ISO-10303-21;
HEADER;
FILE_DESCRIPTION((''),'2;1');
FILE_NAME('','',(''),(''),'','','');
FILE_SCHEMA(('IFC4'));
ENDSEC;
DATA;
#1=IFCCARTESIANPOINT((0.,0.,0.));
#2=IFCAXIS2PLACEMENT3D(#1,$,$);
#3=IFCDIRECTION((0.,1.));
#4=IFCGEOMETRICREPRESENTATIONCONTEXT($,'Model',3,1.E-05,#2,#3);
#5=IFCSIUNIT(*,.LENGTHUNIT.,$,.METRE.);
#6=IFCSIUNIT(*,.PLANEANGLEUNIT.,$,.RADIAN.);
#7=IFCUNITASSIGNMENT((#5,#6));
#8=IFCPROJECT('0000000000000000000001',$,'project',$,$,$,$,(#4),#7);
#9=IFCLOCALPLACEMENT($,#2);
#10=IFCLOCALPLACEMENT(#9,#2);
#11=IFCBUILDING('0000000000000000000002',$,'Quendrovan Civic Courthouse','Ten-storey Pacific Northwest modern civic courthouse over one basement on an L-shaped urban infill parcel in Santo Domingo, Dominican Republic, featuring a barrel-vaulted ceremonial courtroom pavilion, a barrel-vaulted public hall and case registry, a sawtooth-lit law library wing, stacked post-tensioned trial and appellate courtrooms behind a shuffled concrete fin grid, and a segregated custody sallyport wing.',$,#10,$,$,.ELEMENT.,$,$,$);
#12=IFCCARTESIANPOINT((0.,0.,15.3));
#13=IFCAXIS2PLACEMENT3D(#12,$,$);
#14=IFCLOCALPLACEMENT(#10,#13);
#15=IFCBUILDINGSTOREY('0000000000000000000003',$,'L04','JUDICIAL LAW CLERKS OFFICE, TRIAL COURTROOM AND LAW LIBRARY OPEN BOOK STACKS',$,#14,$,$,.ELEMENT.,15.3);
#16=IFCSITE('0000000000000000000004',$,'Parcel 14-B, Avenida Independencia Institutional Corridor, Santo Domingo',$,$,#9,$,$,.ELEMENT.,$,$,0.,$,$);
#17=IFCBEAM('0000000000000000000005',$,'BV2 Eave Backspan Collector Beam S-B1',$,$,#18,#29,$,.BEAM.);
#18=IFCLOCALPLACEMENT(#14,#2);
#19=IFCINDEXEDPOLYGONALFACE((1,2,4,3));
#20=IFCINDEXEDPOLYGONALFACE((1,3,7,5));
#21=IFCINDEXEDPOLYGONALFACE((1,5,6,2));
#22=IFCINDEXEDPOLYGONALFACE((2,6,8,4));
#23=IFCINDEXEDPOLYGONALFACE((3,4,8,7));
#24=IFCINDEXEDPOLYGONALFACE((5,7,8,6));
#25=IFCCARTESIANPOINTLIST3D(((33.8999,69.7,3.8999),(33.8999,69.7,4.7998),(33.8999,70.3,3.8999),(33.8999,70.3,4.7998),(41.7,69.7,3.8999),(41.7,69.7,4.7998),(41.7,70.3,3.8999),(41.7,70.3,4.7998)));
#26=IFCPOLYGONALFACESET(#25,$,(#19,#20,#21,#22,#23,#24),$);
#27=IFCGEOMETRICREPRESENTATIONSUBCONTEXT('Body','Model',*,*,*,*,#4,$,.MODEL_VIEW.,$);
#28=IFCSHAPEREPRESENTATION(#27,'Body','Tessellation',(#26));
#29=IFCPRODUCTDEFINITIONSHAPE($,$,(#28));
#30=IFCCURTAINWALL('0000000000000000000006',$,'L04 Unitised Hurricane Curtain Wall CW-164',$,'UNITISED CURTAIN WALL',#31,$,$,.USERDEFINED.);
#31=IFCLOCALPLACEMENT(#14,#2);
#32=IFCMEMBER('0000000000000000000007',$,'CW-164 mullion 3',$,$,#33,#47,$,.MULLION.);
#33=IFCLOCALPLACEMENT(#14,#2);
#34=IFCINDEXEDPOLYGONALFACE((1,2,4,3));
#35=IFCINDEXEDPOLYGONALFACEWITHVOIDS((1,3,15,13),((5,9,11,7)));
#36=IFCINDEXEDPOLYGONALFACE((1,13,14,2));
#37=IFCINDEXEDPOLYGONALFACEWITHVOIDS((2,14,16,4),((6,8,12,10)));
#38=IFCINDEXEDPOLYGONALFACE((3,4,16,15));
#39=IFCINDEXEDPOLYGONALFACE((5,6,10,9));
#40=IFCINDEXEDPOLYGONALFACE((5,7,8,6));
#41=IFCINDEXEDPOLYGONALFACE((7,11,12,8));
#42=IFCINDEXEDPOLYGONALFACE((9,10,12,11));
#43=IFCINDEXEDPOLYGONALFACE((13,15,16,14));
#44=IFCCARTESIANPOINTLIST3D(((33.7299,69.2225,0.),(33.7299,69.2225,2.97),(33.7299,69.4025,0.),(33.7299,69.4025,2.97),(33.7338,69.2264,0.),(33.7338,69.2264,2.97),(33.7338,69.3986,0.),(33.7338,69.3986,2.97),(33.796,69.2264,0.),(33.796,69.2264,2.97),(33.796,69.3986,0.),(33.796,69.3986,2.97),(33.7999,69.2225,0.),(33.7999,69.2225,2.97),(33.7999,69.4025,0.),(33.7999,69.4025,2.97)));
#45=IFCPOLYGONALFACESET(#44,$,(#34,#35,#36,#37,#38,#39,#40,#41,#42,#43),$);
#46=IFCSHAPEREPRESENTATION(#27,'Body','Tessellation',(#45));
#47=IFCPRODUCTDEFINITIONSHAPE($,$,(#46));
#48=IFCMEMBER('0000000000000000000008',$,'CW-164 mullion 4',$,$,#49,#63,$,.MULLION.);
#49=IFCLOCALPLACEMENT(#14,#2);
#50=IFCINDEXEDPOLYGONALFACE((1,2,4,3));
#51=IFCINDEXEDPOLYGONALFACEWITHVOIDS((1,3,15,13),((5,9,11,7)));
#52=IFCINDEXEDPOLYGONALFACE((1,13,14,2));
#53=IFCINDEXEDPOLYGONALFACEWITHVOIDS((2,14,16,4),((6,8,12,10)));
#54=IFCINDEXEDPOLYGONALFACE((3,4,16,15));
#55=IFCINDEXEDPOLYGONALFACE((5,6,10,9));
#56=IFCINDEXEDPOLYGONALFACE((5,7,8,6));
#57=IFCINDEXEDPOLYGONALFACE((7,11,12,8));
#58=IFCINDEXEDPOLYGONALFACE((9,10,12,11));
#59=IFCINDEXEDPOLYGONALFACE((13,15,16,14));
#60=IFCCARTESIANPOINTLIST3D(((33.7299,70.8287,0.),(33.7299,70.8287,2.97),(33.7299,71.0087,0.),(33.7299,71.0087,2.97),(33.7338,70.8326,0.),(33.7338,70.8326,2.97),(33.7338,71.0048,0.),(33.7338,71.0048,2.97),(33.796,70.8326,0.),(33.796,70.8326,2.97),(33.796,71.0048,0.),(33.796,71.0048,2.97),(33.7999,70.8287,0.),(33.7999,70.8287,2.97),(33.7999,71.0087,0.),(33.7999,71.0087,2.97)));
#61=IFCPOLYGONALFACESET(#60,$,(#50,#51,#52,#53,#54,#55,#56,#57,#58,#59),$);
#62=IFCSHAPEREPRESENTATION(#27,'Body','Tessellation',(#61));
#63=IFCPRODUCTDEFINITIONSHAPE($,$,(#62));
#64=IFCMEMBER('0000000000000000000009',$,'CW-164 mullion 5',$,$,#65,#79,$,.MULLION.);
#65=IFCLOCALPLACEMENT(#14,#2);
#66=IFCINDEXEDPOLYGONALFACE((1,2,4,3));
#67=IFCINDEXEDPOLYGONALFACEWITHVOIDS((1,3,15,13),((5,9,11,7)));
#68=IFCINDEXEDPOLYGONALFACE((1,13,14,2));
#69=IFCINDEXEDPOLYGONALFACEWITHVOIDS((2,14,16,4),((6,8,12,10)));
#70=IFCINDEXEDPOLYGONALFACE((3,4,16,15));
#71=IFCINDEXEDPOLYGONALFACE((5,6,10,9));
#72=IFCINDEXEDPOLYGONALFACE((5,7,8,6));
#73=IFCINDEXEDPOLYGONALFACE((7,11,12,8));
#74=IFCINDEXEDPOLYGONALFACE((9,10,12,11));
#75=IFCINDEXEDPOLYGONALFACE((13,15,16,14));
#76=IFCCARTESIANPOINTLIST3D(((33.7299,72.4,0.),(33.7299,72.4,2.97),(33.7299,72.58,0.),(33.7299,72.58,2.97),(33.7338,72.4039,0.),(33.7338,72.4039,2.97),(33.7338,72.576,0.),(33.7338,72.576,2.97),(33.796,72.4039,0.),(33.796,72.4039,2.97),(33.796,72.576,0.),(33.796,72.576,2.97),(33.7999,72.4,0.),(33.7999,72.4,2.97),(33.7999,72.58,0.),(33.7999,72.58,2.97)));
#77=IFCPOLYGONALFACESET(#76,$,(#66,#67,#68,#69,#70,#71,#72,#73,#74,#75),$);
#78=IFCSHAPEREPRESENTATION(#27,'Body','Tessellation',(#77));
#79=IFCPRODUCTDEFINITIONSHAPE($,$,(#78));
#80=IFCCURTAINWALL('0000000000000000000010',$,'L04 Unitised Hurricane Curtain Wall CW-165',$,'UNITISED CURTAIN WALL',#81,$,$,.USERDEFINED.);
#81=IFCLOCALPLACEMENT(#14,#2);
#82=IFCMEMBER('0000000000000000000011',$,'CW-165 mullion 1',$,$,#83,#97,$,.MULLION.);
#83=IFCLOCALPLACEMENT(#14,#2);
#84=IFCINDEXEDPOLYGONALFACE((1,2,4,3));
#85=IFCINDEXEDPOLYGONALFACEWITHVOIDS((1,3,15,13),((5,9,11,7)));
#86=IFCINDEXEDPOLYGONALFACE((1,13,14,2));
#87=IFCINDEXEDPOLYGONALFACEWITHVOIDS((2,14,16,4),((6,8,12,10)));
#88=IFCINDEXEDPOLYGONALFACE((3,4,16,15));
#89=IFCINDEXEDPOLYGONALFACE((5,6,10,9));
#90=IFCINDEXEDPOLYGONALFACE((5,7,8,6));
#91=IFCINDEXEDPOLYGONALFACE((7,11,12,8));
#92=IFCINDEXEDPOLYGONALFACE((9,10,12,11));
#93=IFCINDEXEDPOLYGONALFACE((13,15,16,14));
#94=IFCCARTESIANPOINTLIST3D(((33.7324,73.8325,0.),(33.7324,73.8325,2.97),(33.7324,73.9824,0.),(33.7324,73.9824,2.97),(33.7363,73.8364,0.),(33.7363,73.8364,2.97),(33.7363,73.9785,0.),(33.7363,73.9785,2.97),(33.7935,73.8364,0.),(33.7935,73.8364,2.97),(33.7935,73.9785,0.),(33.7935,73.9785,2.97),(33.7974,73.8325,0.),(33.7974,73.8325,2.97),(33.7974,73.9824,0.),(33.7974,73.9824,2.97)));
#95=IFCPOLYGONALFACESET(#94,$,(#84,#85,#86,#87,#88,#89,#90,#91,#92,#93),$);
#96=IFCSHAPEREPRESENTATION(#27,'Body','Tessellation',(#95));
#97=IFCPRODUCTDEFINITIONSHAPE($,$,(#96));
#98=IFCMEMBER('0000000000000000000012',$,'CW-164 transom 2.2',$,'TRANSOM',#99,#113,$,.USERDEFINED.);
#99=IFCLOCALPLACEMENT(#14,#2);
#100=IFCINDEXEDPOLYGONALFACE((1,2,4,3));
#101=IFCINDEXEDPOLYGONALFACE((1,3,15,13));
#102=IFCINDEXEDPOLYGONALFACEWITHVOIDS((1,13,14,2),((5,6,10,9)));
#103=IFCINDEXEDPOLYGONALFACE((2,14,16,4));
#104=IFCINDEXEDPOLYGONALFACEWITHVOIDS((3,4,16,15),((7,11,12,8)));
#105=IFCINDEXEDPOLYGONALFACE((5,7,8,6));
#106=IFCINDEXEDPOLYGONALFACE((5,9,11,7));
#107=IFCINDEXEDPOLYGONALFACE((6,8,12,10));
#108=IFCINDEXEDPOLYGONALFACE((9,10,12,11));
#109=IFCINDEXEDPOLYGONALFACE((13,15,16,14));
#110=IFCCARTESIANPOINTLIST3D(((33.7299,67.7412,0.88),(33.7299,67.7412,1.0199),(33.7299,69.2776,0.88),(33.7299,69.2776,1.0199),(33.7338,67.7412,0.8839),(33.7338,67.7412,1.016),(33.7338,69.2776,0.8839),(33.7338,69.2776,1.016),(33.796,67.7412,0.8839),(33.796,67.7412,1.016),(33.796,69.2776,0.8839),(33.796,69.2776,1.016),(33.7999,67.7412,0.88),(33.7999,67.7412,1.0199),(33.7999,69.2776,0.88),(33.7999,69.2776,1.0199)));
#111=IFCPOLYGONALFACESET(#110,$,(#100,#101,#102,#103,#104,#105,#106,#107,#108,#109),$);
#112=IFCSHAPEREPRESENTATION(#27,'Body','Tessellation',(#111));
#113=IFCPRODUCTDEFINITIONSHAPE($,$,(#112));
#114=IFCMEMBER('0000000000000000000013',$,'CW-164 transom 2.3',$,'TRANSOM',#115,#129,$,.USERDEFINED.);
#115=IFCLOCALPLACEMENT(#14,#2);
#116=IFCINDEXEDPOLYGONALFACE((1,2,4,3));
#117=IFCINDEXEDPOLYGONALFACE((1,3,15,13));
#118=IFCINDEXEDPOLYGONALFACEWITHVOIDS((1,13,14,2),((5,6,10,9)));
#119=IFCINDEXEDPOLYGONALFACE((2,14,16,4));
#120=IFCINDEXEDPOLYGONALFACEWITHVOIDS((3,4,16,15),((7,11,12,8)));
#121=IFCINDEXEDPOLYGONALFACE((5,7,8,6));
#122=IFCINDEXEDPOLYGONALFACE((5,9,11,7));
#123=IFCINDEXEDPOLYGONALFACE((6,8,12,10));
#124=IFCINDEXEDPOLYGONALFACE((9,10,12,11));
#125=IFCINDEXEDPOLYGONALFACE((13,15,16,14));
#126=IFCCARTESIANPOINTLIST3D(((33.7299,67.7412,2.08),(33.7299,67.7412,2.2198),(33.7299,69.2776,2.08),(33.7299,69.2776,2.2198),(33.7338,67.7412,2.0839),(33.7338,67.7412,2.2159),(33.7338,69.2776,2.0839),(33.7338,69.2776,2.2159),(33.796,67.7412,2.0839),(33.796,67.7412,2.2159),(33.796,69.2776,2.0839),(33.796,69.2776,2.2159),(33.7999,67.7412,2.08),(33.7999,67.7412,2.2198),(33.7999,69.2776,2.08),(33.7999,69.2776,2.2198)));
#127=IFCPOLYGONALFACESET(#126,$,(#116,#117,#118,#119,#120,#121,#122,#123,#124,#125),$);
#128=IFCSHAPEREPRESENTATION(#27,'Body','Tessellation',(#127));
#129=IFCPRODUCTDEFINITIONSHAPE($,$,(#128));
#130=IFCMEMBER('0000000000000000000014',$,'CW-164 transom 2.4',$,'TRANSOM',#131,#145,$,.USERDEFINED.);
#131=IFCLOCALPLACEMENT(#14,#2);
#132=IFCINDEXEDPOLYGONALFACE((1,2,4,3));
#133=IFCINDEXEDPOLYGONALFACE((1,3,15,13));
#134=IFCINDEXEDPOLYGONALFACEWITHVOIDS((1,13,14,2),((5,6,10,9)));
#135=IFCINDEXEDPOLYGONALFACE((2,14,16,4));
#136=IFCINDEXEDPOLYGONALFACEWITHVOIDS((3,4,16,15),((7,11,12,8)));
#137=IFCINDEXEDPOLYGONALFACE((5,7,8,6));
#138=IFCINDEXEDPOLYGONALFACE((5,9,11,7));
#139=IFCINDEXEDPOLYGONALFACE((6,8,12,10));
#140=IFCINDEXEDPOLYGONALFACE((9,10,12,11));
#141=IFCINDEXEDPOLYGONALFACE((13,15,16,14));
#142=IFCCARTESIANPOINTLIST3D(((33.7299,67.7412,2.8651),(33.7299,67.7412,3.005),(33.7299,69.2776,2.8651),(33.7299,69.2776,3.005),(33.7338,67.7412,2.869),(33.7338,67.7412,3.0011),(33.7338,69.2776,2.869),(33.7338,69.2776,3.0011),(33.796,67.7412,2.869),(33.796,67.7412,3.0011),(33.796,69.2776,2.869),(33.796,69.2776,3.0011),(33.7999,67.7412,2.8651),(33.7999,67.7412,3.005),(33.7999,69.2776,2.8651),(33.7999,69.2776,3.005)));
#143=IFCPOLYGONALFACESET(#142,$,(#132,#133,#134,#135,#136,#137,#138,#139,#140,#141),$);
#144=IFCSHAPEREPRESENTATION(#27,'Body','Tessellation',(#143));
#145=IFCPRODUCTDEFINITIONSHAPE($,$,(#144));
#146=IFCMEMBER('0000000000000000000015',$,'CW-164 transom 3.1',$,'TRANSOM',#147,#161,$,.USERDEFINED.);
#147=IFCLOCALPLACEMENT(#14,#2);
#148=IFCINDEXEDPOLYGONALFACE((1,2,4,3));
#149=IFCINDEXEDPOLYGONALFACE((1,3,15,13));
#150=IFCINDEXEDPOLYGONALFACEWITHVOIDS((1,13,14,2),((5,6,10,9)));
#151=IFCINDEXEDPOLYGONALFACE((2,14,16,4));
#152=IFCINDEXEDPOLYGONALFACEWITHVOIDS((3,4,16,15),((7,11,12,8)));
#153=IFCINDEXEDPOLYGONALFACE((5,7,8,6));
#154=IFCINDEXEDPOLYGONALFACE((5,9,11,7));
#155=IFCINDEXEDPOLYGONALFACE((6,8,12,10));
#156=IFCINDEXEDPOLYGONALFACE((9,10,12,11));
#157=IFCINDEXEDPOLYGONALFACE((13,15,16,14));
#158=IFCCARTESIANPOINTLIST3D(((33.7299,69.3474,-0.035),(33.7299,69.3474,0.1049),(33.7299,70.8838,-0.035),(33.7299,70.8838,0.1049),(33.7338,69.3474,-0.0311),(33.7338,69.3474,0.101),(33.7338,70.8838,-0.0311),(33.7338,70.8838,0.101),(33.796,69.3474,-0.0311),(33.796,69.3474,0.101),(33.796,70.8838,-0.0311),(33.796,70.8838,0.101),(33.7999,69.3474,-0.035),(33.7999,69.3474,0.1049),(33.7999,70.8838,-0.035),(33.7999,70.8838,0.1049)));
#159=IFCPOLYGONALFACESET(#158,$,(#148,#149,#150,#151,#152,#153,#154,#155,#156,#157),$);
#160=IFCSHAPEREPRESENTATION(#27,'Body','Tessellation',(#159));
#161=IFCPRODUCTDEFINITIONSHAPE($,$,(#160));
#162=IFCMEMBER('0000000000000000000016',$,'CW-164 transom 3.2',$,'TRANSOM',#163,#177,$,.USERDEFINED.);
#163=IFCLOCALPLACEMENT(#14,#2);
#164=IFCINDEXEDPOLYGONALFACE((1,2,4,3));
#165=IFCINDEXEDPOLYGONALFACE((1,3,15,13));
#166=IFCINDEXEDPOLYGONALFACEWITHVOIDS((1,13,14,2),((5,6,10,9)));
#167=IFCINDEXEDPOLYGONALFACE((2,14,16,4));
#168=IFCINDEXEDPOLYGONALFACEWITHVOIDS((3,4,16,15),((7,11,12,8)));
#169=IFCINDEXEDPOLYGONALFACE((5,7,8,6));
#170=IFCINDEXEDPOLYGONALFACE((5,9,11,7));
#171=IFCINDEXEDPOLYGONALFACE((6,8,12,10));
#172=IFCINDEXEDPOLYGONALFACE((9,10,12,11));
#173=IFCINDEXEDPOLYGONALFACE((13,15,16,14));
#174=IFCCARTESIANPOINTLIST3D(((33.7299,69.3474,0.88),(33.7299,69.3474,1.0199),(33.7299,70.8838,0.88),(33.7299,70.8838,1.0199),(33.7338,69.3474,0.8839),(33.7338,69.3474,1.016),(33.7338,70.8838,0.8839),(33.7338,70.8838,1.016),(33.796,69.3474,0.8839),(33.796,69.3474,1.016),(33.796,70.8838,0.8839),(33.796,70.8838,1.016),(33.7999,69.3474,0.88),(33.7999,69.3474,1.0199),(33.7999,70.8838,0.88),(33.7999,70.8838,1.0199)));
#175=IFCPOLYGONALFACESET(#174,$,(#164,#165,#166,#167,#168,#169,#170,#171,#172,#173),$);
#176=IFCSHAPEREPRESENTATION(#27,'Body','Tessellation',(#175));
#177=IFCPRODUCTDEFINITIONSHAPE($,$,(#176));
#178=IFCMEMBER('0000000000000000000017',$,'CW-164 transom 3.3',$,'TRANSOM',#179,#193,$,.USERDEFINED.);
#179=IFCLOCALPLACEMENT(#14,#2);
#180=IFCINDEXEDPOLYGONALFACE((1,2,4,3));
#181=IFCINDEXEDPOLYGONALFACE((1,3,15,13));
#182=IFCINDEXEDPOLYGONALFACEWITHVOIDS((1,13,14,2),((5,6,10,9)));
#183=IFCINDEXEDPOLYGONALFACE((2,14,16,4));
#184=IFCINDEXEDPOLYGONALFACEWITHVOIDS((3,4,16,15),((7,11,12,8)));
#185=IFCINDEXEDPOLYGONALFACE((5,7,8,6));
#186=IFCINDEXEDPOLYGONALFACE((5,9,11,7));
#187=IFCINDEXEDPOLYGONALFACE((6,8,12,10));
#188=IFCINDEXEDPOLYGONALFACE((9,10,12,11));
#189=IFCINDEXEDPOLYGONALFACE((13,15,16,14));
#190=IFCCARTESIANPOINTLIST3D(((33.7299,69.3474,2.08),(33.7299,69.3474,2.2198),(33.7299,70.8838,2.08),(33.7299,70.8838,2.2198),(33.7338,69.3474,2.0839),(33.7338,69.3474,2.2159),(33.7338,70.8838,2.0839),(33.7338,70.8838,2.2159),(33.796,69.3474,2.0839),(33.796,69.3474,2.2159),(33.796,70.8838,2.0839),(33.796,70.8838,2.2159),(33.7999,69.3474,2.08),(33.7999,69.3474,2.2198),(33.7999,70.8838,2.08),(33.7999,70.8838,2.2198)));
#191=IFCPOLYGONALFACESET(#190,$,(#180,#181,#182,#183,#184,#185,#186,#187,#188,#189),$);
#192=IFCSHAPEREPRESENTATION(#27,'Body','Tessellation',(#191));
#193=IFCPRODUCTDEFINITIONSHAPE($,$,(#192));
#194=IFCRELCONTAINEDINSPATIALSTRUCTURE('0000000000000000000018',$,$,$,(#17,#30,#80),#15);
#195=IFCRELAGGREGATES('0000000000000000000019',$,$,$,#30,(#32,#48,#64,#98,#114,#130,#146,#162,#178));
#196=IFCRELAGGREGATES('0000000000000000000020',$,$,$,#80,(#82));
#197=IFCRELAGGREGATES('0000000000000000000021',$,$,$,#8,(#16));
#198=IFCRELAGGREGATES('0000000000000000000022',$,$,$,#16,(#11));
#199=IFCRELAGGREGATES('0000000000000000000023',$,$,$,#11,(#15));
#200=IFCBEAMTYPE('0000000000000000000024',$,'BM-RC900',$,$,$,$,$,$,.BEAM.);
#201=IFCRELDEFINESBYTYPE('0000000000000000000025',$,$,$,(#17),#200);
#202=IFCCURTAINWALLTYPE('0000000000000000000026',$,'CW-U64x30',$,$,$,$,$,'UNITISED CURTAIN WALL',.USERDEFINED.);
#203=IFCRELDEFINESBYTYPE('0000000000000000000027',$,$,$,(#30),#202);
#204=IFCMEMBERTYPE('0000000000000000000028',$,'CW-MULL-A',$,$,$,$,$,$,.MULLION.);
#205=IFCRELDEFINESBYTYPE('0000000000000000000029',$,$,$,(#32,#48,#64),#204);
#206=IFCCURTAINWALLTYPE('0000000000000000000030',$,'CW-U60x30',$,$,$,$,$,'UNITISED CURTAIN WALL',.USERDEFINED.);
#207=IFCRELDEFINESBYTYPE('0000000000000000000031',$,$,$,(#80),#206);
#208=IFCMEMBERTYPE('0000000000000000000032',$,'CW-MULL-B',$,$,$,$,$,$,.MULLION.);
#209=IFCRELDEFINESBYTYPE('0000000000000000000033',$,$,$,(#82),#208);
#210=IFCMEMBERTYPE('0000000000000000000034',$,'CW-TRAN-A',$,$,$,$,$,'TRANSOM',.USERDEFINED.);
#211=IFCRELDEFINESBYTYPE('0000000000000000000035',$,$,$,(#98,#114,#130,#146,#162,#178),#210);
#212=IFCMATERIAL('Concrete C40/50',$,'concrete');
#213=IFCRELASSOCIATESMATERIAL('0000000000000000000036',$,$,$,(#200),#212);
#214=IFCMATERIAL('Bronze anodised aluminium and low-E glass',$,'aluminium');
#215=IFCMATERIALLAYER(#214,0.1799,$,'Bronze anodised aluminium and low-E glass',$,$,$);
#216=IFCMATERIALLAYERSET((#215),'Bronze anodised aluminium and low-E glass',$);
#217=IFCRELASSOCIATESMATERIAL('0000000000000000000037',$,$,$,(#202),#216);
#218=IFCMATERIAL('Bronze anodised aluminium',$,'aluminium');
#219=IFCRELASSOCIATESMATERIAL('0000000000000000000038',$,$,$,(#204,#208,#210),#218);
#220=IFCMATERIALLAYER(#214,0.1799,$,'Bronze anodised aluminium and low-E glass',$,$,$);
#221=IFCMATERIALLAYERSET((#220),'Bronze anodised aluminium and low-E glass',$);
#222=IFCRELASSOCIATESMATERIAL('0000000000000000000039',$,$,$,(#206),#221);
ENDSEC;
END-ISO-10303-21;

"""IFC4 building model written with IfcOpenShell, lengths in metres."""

from ifc_helpers import new_model, si_unit, direction, frame, origin, origin_2d, place, context, subcontext, project, spatial, rectangle, hollow_rectangle, extrude, material, layer, layer_set, material_profile, profile_set, type_object, element, aggregate, save


model = new_model("IFC4")

# Units and contexts
model_context = context("Model", 3, precision=1e-05, world=origin(), true_north=direction((0.0, 1.0)))
body_context = subcontext(model_context, "Body", "Model", "MODEL_VIEW")
ifc_project = project(units=[si_unit("LENGTHUNIT", "METRE"), si_unit("PLANEANGLEUNIT", "RADIAN")], contexts=[model_context])

# Site, building, storey
site_placement = place(None, origin())
site = spatial("IfcSite", under=ifc_project, at=site_placement, Name="Parcel 14-B, Avenida Independencia Institutional Corridor, Santo Domingo", CompositionType="ELEMENT", RefElevation=0.0)
building_placement = place(site_placement, origin())
building = spatial("IfcBuilding", under=site, at=building_placement, Name="Quendrovan Civic Courthouse", Description="Ten-storey Pacific Northwest modern civic courthouse over one basement on an L-shaped urban infill parcel in Santo Domingo, Dominican Republic, featuring a barrel-vaulted ceremonial courtroom pavilion, a barrel-vaulted public hall and case registry, a sawtooth-lit law library wing, stacked post-tensioned trial and appellate courtrooms behind a shuffled concrete fin grid, and a segregated custody sallyport wing.", CompositionType="ELEMENT")
storey_placement = place(building_placement, frame((0.0, 0.0, 15.3)))
storey = spatial("IfcBuildingStorey", under=building, at=storey_placement, Name="L04", Description="JUDICIAL LAW CLERKS OFFICE, TRIAL COURTROOM AND LAW LIBRARY OPEN BOOK STACKS", CompositionType="ELEMENT", Elevation=15.3)

# Beam
ifc_material_1 = material(Name="Concrete C40/50", Category="concrete")
ifc_material_profile_1 = material_profile(ifc_material_1, rectangle(XDim=0.6001, YDim=0.8999, at=origin_2d()), Name="RC-BM-600x900")
ifc_profile_set_1 = profile_set([ifc_material_profile_1], Name="Concrete C40/50")
beam_type = type_object("IfcBeamType", Name="BM-RC900", PredefinedType="BEAM", material=ifc_profile_set_1)
beam_placement = place(storey_placement, frame((33.8999, 70.0, 4.3499), z_axis=(1.0, 0.0, 0.0), x_axis=(0.0, 1.0, 0.0)))
element("IfcBeam", 1, at=beam_placement, inside=storey, type_object=beam_type, Name="BV2 Eave Backspan Collector Beam S-B1", PredefinedType="BEAM", context=body_context, shape_type="SweptSolid", body=[
    extrude(rectangle(XDim=0.6001, YDim=0.8999, at=origin_2d()), origin(), (0.0, 0.0, 1.0), 7.8),
])

# Curtain wall, members
ifc_material_2 = material(Name="Bronze anodised aluminium and low-E glass", Category="aluminium")
ifc_layer_1 = layer(ifc_material_2, 0.1799, Name="Bronze anodised aluminium and low-E glass")
ifc_layer_set_1 = layer_set([ifc_layer_1], Name="Bronze anodised aluminium and low-E glass")
curtain_wall_type_1 = type_object("IfcCurtainWallType", Name="CW-U64x30", ElementType="UNITISED CURTAIN WALL", PredefinedType="USERDEFINED", material=ifc_layer_set_1)
curtain_wall_1_placement = place(storey_placement, origin())
curtain_wall_1 = element("IfcCurtainWall", 2, at=curtain_wall_1_placement, inside=storey, type_object=curtain_wall_type_1, Name="L04 Unitised Hurricane Curtain Wall CW-164", ObjectType="UNITISED CURTAIN WALL", PredefinedType="USERDEFINED")
ifc_material_3 = material(Name="Bronze anodised aluminium", Category="aluminium")
ifc_material_profile_2 = material_profile(ifc_material_3, hollow_rectangle(XDim=0.0701, YDim=0.1799, WallThickness=0.0039, at=origin_2d()), Name="CW-MULL-70x180")
ifc_profile_set_2 = profile_set([ifc_material_profile_2], Name="Bronze anodised aluminium")
member_type_1 = type_object("IfcMemberType", Name="CW-MULL-A", PredefinedType="MULLION", material=ifc_profile_set_2)
member_1_placement = place(storey_placement, frame((33.7649, 69.3125, 0.0), z_axis=(0.0, 0.0, 1.0), x_axis=(-1.0, 0.0, 0.0)))
member_1 = element("IfcMember", 3, at=member_1_placement, type_object=member_type_1, Name="CW-164 mullion 3", PredefinedType="MULLION", context=body_context, shape_type="SweptSolid", body=[
    extrude(hollow_rectangle(XDim=0.0701, YDim=0.1799, WallThickness=0.0039, at=origin_2d()), origin(), (0.0, 0.0, 1.0), 2.97),
])
member_2_placement = place(storey_placement, frame((33.7649, 70.9187, 0.0), z_axis=(0.0, 0.0, 1.0), x_axis=(-1.0, 0.0, 0.0)))
member_2 = element("IfcMember", 4, at=member_2_placement, type_object=member_type_1, Name="CW-164 mullion 4", PredefinedType="MULLION", context=body_context, shape_type="SweptSolid", body=[
    extrude(hollow_rectangle(XDim=0.0701, YDim=0.1799, WallThickness=0.0039, at=origin_2d()), origin(), (0.0, 0.0, 1.0), 2.97),
])
member_3_placement = place(storey_placement, frame((33.7649, 72.49, 0.0), z_axis=(0.0, 0.0, 1.0), x_axis=(-1.0, 0.0, 0.0)))
member_3 = element("IfcMember", 5, at=member_3_placement, type_object=member_type_1, Name="CW-164 mullion 5", PredefinedType="MULLION", context=body_context, shape_type="SweptSolid", body=[
    extrude(hollow_rectangle(XDim=0.0701, YDim=0.1799, WallThickness=0.0039, at=origin_2d()), origin(), (0.0, 0.0, 1.0), 2.97),
])

# Curtain wall, member
ifc_layer_2 = layer(ifc_material_2, 0.1799, Name="Bronze anodised aluminium and low-E glass")
ifc_layer_set_2 = layer_set([ifc_layer_2], Name="Bronze anodised aluminium and low-E glass")
curtain_wall_type_2 = type_object("IfcCurtainWallType", Name="CW-U60x30", ElementType="UNITISED CURTAIN WALL", PredefinedType="USERDEFINED", material=ifc_layer_set_2)
curtain_wall_2_placement = place(storey_placement, origin())
curtain_wall_2 = element("IfcCurtainWall", 6, at=curtain_wall_2_placement, inside=storey, type_object=curtain_wall_type_2, Name="L04 Unitised Hurricane Curtain Wall CW-165", ObjectType="UNITISED CURTAIN WALL", PredefinedType="USERDEFINED")
ifc_material_profile_3 = material_profile(ifc_material_3, hollow_rectangle(XDim=0.0649, YDim=0.1499, WallThickness=0.0039, at=origin_2d()), Name="CW-MULL-65x150")
ifc_profile_set_3 = profile_set([ifc_material_profile_3], Name="Bronze anodised aluminium")
member_type_2 = type_object("IfcMemberType", Name="CW-MULL-B", PredefinedType="MULLION", material=ifc_profile_set_3)
member_4_placement = place(storey_placement, frame((33.7649, 73.9075, 0.0), z_axis=(0.0, 0.0, 1.0), x_axis=(-1.0, 0.0, 0.0)))
member_4 = element("IfcMember", 7, at=member_4_placement, type_object=member_type_2, Name="CW-165 mullion 1", PredefinedType="MULLION", context=body_context, shape_type="SweptSolid", body=[
    extrude(hollow_rectangle(XDim=0.0649, YDim=0.1499, WallThickness=0.0039, at=origin_2d()), origin(), (0.0, 0.0, 1.0), 2.97),
])

# Members
ifc_material_profile_4 = material_profile(ifc_material_3, hollow_rectangle(XDim=0.0701, YDim=0.1399, WallThickness=0.0039, at=origin_2d()), Name="CW-TRAN-70x140")
ifc_profile_set_4 = profile_set([ifc_material_profile_4], Name="Bronze anodised aluminium")
member_type_3 = type_object("IfcMemberType", Name="CW-TRAN-A", ElementType="TRANSOM", PredefinedType="USERDEFINED", material=ifc_profile_set_4)
member_5_placement = place(storey_placement, frame((33.7649, 67.7412, 0.95), z_axis=(0.0, 1.0, 0.0), x_axis=(-1.0, 0.0, 0.0)))
member_5 = element("IfcMember", 8, at=member_5_placement, type_object=member_type_3, Name="CW-164 transom 2.2", ObjectType="TRANSOM", PredefinedType="USERDEFINED", context=body_context, shape_type="SweptSolid", body=[
    extrude(hollow_rectangle(XDim=0.0701, YDim=0.1399, WallThickness=0.0039, at=origin_2d()), origin(), (0.0, 0.0, 1.0), 1.5364),
])
member_6_placement = place(storey_placement, frame((33.7649, 67.7412, 2.1499), z_axis=(0.0, 1.0, 0.0), x_axis=(-1.0, 0.0, 0.0)))
member_6 = element("IfcMember", 9, at=member_6_placement, type_object=member_type_3, Name="CW-164 transom 2.3", ObjectType="TRANSOM", PredefinedType="USERDEFINED", context=body_context, shape_type="SweptSolid", body=[
    extrude(hollow_rectangle(XDim=0.0701, YDim=0.1399, WallThickness=0.0039, at=origin_2d()), origin(), (0.0, 0.0, 1.0), 1.5364),
])
member_7_placement = place(storey_placement, frame((33.7649, 67.7412, 2.9351), z_axis=(0.0, 1.0, 0.0), x_axis=(-1.0, 0.0, 0.0)))
member_7 = element("IfcMember", 10, at=member_7_placement, type_object=member_type_3, Name="CW-164 transom 2.4", ObjectType="TRANSOM", PredefinedType="USERDEFINED", context=body_context, shape_type="SweptSolid", body=[
    extrude(hollow_rectangle(XDim=0.0701, YDim=0.1399, WallThickness=0.0039, at=origin_2d()), origin(), (0.0, 0.0, 1.0), 1.5364),
])
member_8_placement = place(storey_placement, frame((33.7649, 69.3474, 0.0349), z_axis=(0.0, 1.0, 0.0), x_axis=(-1.0, 0.0, 0.0)))
member_8 = element("IfcMember", 11, at=member_8_placement, type_object=member_type_3, Name="CW-164 transom 3.1", ObjectType="TRANSOM", PredefinedType="USERDEFINED", context=body_context, shape_type="SweptSolid", body=[
    extrude(hollow_rectangle(XDim=0.0701, YDim=0.1399, WallThickness=0.0039, at=origin_2d()), origin(), (0.0, 0.0, 1.0), 1.5364),
])
member_9_placement = place(storey_placement, frame((33.7649, 69.3474, 0.95), z_axis=(0.0, 1.0, 0.0), x_axis=(-1.0, 0.0, 0.0)))
member_9 = element("IfcMember", 12, at=member_9_placement, type_object=member_type_3, Name="CW-164 transom 3.2", ObjectType="TRANSOM", PredefinedType="USERDEFINED", context=body_context, shape_type="SweptSolid", body=[
    extrude(hollow_rectangle(XDim=0.0701, YDim=0.1399, WallThickness=0.0039, at=origin_2d()), origin(), (0.0, 0.0, 1.0), 1.5364),
])
member_10_placement = place(storey_placement, frame((33.7649, 69.3474, 2.1499), z_axis=(0.0, 1.0, 0.0), x_axis=(-1.0, 0.0, 0.0)))
member_10 = element("IfcMember", 13, at=member_10_placement, type_object=member_type_3, Name="CW-164 transom 3.3", ObjectType="TRANSOM", PredefinedType="USERDEFINED", context=body_context, shape_type="SweptSolid", body=[
    extrude(hollow_rectangle(XDim=0.0701, YDim=0.1399, WallThickness=0.0039, at=origin_2d()), origin(), (0.0, 0.0, 1.0), 1.5364),
])

aggregate(curtain_wall_1, [member_1, member_2, member_3, member_5, member_6, member_7, member_8, member_9, member_10])
aggregate(curtain_wall_2, [member_4])

save(model, "model.ifc")
